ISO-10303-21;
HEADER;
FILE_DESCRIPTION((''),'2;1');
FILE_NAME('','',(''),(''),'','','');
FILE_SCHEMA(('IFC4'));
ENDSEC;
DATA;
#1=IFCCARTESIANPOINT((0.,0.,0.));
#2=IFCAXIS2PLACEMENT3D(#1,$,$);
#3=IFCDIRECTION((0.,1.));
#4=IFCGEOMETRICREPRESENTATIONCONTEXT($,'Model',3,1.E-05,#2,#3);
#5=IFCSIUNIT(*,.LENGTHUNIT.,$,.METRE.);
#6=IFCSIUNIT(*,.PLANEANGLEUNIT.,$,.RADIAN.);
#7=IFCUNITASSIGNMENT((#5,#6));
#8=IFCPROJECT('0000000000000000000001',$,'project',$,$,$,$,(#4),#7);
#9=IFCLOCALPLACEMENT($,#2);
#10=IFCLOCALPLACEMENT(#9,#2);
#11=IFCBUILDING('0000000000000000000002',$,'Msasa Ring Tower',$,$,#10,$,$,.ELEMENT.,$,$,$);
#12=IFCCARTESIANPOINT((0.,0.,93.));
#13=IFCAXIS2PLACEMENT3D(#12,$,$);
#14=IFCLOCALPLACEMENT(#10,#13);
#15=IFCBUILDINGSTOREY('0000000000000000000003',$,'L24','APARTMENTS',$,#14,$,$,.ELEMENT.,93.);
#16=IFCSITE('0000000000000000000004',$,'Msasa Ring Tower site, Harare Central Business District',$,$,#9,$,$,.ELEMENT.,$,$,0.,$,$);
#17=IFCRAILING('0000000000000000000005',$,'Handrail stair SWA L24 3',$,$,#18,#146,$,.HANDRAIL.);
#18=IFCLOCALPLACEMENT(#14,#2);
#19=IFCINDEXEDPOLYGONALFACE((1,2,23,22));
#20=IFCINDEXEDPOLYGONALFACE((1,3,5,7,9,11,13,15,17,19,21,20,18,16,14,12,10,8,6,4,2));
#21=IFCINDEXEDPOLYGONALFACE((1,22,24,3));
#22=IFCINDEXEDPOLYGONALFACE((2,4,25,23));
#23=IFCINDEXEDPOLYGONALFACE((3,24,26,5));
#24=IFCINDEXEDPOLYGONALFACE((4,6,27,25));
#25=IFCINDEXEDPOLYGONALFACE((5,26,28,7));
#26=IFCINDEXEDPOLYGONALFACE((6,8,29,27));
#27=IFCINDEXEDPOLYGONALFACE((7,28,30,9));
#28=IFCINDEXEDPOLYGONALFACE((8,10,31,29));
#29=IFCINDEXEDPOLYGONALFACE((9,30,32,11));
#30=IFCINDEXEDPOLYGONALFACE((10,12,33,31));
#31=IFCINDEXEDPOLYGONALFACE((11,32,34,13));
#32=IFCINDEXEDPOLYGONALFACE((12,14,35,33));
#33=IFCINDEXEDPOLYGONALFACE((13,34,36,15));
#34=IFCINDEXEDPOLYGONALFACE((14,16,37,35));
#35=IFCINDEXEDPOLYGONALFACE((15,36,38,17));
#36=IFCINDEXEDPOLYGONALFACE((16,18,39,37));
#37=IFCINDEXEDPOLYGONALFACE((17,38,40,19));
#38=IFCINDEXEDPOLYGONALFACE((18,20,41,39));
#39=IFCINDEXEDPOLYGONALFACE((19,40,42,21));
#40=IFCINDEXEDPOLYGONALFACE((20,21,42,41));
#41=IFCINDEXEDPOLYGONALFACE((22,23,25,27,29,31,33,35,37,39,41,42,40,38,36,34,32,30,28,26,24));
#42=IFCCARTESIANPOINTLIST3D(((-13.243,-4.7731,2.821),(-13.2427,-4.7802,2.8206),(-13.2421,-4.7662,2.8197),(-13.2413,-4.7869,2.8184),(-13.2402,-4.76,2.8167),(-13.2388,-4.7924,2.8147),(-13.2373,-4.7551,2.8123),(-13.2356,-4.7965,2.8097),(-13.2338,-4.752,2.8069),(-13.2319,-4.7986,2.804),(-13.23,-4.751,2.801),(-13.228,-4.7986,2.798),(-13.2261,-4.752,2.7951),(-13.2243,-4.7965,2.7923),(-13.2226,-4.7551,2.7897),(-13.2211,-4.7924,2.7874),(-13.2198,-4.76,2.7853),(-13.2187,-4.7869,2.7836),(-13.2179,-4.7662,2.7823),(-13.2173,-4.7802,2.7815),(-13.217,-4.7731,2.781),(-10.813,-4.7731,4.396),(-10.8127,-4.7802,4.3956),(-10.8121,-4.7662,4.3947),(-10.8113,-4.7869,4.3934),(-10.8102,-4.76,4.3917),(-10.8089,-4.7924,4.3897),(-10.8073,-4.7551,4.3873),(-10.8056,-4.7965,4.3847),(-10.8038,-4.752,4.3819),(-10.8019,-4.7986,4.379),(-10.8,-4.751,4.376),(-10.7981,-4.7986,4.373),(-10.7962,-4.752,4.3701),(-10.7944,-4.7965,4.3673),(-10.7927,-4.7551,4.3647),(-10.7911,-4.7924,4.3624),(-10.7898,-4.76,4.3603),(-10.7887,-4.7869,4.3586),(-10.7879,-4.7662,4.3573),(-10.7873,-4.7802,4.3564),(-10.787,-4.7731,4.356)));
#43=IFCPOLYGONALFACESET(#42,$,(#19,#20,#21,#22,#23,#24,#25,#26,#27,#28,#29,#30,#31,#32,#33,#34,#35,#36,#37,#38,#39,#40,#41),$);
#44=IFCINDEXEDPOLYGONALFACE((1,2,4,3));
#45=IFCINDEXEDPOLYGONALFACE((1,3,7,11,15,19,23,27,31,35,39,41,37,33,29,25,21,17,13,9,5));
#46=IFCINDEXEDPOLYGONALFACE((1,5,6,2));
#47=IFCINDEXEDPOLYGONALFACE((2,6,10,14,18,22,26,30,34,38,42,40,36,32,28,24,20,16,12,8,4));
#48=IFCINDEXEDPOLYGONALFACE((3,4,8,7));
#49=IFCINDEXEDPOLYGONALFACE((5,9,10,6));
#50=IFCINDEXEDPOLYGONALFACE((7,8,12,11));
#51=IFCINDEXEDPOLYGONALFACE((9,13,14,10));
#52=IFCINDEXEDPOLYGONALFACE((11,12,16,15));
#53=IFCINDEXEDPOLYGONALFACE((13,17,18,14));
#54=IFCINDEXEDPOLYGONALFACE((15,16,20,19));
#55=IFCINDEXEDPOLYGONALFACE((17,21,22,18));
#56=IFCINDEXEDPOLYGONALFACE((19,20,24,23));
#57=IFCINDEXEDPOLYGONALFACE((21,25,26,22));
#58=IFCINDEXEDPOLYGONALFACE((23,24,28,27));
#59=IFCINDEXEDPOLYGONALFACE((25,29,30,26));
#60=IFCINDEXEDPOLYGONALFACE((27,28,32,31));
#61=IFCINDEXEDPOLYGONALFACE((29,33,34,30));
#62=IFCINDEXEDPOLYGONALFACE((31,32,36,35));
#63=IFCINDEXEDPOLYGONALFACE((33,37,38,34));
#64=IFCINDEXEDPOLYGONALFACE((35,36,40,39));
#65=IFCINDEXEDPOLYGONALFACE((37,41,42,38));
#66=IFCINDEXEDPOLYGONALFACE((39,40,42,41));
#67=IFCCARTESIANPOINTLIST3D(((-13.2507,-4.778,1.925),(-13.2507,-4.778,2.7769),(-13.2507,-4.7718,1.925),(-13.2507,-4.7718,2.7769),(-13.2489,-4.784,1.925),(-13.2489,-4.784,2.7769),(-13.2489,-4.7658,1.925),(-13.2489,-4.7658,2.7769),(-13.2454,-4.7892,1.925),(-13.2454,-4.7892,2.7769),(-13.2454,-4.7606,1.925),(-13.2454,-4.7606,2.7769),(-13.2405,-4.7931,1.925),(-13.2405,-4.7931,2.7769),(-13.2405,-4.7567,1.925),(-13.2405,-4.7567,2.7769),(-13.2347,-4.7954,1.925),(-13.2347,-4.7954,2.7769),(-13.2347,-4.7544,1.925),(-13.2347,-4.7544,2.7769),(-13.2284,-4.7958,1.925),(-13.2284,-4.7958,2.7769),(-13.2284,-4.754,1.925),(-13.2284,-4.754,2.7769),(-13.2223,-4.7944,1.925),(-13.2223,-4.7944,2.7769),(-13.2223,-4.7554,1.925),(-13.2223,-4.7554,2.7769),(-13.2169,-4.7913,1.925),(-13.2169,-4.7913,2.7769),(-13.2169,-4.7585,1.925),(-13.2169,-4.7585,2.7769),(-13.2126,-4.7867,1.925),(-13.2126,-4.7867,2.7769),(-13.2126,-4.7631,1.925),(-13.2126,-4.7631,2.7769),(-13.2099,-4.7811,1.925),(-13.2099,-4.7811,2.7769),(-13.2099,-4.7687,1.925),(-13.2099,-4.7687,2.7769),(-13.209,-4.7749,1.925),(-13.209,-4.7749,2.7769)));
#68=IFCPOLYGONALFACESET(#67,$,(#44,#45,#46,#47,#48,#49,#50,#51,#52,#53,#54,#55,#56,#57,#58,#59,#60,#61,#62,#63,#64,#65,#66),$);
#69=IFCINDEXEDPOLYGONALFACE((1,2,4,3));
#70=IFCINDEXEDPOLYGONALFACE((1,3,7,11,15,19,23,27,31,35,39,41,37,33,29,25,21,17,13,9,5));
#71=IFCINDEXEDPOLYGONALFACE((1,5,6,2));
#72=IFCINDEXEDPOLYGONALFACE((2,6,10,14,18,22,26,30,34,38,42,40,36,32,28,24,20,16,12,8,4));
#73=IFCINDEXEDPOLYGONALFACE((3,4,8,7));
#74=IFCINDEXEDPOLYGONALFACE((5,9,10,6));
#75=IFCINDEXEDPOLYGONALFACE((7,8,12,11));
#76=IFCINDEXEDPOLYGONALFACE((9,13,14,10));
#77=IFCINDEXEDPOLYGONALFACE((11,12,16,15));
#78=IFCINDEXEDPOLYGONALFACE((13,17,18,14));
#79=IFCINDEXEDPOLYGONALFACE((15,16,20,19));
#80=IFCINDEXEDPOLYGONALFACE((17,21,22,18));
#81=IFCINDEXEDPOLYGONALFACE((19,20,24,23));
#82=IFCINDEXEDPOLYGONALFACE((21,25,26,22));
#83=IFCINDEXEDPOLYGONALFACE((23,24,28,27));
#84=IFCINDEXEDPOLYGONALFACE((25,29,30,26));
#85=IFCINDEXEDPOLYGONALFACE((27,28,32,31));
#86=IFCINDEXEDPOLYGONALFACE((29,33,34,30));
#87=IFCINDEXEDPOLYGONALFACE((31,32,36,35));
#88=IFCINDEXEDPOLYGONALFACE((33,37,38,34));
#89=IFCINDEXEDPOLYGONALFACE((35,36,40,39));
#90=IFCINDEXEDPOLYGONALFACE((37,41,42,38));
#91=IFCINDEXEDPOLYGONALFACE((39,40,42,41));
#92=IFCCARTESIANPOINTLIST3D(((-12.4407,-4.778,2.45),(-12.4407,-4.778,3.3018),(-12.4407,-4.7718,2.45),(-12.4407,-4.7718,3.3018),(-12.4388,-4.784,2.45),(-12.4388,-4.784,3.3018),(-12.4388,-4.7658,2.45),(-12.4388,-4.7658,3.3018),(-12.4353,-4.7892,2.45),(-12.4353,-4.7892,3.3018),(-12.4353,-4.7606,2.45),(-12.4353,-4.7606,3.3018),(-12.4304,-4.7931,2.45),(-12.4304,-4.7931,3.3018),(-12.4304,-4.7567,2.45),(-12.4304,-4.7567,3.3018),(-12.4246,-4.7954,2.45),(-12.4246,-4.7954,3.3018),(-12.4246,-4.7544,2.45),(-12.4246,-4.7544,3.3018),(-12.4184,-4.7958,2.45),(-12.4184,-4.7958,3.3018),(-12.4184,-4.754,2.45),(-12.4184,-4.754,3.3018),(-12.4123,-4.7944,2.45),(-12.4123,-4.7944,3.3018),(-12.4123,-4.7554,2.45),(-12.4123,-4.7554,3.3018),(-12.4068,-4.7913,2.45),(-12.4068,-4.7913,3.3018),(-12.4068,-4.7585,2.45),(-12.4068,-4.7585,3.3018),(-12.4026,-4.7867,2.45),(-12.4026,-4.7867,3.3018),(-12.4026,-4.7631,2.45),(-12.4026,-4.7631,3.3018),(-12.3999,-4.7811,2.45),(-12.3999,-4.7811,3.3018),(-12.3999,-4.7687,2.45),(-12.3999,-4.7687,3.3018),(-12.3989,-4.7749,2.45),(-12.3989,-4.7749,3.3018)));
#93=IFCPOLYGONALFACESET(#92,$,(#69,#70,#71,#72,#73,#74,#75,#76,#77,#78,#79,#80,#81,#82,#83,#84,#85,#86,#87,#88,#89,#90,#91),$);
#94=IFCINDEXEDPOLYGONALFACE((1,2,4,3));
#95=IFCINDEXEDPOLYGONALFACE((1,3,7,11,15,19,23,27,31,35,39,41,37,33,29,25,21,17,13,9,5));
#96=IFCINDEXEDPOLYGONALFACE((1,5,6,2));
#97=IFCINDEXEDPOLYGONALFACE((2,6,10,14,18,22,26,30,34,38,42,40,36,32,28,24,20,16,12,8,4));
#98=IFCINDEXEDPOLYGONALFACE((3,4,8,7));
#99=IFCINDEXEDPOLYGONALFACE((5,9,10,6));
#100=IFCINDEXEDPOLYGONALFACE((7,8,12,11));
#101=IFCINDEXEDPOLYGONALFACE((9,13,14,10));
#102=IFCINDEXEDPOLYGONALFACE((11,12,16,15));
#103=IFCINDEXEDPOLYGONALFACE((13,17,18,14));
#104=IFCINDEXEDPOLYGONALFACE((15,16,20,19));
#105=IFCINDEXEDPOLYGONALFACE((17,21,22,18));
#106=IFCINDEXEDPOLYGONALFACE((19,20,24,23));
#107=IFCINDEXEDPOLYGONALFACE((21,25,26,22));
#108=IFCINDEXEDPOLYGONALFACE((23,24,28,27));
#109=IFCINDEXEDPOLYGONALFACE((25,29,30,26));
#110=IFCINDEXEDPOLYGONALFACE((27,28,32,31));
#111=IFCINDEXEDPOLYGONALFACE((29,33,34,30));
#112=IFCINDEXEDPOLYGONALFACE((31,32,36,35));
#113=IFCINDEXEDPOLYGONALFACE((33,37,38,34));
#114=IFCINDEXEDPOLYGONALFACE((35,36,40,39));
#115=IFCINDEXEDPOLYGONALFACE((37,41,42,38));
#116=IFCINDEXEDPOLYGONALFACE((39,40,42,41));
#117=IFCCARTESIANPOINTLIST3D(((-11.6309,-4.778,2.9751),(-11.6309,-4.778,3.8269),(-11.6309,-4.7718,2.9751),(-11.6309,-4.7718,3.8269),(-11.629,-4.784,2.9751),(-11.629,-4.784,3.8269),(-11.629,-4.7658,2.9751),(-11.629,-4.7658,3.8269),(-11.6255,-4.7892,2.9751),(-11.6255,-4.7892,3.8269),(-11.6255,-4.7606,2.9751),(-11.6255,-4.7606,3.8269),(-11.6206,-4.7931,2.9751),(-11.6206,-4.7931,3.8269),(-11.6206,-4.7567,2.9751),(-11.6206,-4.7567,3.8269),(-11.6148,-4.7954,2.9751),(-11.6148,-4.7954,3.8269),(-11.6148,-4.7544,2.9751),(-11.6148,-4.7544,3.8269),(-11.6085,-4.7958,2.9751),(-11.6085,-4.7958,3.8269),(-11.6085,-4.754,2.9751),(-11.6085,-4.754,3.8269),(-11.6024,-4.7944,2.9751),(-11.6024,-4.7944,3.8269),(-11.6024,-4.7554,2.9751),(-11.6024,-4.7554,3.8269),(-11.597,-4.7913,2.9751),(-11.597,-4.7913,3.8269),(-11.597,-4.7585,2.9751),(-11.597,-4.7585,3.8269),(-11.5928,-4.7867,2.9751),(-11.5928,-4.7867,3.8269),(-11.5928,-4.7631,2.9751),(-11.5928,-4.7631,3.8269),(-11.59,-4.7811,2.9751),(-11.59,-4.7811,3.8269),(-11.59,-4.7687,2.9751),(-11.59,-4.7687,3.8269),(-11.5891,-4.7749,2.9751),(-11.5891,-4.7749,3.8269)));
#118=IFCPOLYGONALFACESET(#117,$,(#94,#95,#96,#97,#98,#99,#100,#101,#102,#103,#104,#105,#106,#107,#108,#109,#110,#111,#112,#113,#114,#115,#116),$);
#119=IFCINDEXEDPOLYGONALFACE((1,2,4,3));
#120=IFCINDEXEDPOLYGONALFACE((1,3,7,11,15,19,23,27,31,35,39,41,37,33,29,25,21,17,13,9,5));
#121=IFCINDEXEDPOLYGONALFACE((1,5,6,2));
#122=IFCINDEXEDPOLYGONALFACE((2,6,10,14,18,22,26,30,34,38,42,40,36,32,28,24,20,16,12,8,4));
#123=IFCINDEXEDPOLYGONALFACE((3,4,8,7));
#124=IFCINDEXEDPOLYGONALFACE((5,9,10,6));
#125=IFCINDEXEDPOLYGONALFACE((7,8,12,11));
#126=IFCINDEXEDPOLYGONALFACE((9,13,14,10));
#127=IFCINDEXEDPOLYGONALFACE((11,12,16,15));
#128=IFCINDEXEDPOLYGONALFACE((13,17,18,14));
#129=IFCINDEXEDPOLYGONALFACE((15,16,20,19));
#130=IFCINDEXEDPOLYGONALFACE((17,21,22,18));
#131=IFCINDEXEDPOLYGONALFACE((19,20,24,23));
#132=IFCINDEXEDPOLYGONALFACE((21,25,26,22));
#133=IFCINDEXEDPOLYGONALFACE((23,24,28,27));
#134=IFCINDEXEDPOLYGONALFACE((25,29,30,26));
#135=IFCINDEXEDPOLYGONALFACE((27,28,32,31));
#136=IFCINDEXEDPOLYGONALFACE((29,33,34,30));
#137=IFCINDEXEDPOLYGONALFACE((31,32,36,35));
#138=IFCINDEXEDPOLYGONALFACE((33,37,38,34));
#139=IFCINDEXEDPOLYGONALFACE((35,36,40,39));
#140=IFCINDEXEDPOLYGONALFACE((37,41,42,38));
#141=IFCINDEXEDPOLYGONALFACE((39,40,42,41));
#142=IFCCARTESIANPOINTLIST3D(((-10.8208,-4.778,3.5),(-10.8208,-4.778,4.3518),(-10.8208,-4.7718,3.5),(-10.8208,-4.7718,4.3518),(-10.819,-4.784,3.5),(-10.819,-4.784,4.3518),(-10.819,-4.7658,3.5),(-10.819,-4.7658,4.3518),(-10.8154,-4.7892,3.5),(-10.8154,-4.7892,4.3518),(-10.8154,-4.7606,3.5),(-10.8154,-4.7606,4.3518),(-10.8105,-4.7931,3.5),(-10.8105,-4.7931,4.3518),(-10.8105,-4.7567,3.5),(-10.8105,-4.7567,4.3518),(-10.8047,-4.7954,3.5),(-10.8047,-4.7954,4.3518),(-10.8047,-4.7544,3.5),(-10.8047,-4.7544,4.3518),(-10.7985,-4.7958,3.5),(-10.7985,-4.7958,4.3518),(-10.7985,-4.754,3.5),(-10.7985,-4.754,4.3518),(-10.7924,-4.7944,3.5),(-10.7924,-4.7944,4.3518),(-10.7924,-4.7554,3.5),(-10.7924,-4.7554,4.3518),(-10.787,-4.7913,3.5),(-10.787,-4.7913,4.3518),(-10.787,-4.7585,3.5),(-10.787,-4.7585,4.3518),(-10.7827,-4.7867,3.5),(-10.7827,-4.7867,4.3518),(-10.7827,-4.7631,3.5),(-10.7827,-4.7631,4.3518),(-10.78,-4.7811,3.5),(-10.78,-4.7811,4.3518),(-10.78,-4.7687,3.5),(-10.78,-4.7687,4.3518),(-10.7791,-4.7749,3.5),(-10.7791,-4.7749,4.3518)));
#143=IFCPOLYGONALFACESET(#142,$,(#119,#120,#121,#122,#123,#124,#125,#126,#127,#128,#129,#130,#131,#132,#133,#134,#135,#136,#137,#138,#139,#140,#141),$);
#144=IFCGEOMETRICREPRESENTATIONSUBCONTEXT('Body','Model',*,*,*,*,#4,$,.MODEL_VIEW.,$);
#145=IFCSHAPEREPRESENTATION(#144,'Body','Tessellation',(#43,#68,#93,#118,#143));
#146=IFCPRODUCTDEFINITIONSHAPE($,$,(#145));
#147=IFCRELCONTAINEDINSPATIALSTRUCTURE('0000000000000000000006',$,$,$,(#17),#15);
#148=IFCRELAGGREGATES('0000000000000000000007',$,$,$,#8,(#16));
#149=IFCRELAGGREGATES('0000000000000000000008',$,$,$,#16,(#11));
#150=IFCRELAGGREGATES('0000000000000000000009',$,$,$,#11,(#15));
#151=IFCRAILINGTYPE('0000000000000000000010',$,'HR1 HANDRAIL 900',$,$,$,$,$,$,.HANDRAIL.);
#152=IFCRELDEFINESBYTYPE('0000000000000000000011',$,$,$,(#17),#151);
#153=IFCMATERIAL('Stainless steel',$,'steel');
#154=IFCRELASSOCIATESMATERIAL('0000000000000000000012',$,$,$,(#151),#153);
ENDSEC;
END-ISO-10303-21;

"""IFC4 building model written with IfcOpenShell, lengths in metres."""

from ifc_helpers import new_model, si_unit, direction, frame, origin, origin_2d, place, context, subcontext, project, spatial, circle, extrude, material, type_object, element, save


model = new_model("IFC4")

# Units and contexts
model_context = context("Model", 3, precision=1e-05, world=origin(), true_north=direction((0.0, 1.0)))
body_context = subcontext(model_context, "Body", "Model", "MODEL_VIEW")
ifc_project = project(units=[si_unit("LENGTHUNIT", "METRE"), si_unit("PLANEANGLEUNIT", "RADIAN")], contexts=[model_context])

# Site, building, storey
site_placement = place(None, origin())
site = spatial("IfcSite", under=ifc_project, at=site_placement, Name="Msasa Ring Tower site, Harare Central Business District", CompositionType="ELEMENT", RefElevation=0.0)
building_placement = place(site_placement, origin())
building = spatial("IfcBuilding", under=site, at=building_placement, Name="Msasa Ring Tower", CompositionType="ELEMENT")
storey_placement = place(building_placement, frame((0.0, 0.0, 93.0)))
storey = spatial("IfcBuildingStorey", under=building, at=storey_placement, Name="L24", Description="APARTMENTS", CompositionType="ELEMENT", Elevation=93.0)

# Railing
ifc_material_1 = material(Name="Stainless steel", Category="steel")
railing_type = type_object("IfcRailingType", Name="HR1 HANDRAIL 900", PredefinedType="HANDRAIL", material=ifc_material_1)
for number, where, name in (
    (1, (-13.23, -4.7749, 1.925), "Handrail stair SWA L24 3"),
):
    element("IfcRailing", number, at=place(storey_placement, frame(where)), inside=storey, type_object=railing_type, Name=name, PredefinedType="HANDRAIL", context=body_context, shape_type="SweptSolid", body=[
        extrude(circle(Radius=0.0239, at=origin_2d()), frame((0.0, 0.0, 0.876), z_axis=(0.839154, 0.0, 0.543894), x_axis=(0.0, 1.0, 0.0)), (0.0, 0.0, 1.0), 2.8958),
        extrude(circle(Radius=0.021, at=origin_2d()), origin(), (0.0, 0.0, 1.0), 0.8518),
        extrude(circle(Radius=0.021, at=origin_2d()), frame((0.8101, 0.0, 0.5249)), (0.0, 0.0, 1.0), 0.8518),
        extrude(circle(Radius=0.021, at=origin_2d()), frame((1.6199, 0.0, 1.05)), (0.0, 0.0, 1.0), 0.8518),
        extrude(circle(Radius=0.021, at=origin_2d()), frame((2.4299, 0.0, 1.575)), (0.0, 0.0, 1.0), 0.8518),
    ])

save(model, "model.ifc")
